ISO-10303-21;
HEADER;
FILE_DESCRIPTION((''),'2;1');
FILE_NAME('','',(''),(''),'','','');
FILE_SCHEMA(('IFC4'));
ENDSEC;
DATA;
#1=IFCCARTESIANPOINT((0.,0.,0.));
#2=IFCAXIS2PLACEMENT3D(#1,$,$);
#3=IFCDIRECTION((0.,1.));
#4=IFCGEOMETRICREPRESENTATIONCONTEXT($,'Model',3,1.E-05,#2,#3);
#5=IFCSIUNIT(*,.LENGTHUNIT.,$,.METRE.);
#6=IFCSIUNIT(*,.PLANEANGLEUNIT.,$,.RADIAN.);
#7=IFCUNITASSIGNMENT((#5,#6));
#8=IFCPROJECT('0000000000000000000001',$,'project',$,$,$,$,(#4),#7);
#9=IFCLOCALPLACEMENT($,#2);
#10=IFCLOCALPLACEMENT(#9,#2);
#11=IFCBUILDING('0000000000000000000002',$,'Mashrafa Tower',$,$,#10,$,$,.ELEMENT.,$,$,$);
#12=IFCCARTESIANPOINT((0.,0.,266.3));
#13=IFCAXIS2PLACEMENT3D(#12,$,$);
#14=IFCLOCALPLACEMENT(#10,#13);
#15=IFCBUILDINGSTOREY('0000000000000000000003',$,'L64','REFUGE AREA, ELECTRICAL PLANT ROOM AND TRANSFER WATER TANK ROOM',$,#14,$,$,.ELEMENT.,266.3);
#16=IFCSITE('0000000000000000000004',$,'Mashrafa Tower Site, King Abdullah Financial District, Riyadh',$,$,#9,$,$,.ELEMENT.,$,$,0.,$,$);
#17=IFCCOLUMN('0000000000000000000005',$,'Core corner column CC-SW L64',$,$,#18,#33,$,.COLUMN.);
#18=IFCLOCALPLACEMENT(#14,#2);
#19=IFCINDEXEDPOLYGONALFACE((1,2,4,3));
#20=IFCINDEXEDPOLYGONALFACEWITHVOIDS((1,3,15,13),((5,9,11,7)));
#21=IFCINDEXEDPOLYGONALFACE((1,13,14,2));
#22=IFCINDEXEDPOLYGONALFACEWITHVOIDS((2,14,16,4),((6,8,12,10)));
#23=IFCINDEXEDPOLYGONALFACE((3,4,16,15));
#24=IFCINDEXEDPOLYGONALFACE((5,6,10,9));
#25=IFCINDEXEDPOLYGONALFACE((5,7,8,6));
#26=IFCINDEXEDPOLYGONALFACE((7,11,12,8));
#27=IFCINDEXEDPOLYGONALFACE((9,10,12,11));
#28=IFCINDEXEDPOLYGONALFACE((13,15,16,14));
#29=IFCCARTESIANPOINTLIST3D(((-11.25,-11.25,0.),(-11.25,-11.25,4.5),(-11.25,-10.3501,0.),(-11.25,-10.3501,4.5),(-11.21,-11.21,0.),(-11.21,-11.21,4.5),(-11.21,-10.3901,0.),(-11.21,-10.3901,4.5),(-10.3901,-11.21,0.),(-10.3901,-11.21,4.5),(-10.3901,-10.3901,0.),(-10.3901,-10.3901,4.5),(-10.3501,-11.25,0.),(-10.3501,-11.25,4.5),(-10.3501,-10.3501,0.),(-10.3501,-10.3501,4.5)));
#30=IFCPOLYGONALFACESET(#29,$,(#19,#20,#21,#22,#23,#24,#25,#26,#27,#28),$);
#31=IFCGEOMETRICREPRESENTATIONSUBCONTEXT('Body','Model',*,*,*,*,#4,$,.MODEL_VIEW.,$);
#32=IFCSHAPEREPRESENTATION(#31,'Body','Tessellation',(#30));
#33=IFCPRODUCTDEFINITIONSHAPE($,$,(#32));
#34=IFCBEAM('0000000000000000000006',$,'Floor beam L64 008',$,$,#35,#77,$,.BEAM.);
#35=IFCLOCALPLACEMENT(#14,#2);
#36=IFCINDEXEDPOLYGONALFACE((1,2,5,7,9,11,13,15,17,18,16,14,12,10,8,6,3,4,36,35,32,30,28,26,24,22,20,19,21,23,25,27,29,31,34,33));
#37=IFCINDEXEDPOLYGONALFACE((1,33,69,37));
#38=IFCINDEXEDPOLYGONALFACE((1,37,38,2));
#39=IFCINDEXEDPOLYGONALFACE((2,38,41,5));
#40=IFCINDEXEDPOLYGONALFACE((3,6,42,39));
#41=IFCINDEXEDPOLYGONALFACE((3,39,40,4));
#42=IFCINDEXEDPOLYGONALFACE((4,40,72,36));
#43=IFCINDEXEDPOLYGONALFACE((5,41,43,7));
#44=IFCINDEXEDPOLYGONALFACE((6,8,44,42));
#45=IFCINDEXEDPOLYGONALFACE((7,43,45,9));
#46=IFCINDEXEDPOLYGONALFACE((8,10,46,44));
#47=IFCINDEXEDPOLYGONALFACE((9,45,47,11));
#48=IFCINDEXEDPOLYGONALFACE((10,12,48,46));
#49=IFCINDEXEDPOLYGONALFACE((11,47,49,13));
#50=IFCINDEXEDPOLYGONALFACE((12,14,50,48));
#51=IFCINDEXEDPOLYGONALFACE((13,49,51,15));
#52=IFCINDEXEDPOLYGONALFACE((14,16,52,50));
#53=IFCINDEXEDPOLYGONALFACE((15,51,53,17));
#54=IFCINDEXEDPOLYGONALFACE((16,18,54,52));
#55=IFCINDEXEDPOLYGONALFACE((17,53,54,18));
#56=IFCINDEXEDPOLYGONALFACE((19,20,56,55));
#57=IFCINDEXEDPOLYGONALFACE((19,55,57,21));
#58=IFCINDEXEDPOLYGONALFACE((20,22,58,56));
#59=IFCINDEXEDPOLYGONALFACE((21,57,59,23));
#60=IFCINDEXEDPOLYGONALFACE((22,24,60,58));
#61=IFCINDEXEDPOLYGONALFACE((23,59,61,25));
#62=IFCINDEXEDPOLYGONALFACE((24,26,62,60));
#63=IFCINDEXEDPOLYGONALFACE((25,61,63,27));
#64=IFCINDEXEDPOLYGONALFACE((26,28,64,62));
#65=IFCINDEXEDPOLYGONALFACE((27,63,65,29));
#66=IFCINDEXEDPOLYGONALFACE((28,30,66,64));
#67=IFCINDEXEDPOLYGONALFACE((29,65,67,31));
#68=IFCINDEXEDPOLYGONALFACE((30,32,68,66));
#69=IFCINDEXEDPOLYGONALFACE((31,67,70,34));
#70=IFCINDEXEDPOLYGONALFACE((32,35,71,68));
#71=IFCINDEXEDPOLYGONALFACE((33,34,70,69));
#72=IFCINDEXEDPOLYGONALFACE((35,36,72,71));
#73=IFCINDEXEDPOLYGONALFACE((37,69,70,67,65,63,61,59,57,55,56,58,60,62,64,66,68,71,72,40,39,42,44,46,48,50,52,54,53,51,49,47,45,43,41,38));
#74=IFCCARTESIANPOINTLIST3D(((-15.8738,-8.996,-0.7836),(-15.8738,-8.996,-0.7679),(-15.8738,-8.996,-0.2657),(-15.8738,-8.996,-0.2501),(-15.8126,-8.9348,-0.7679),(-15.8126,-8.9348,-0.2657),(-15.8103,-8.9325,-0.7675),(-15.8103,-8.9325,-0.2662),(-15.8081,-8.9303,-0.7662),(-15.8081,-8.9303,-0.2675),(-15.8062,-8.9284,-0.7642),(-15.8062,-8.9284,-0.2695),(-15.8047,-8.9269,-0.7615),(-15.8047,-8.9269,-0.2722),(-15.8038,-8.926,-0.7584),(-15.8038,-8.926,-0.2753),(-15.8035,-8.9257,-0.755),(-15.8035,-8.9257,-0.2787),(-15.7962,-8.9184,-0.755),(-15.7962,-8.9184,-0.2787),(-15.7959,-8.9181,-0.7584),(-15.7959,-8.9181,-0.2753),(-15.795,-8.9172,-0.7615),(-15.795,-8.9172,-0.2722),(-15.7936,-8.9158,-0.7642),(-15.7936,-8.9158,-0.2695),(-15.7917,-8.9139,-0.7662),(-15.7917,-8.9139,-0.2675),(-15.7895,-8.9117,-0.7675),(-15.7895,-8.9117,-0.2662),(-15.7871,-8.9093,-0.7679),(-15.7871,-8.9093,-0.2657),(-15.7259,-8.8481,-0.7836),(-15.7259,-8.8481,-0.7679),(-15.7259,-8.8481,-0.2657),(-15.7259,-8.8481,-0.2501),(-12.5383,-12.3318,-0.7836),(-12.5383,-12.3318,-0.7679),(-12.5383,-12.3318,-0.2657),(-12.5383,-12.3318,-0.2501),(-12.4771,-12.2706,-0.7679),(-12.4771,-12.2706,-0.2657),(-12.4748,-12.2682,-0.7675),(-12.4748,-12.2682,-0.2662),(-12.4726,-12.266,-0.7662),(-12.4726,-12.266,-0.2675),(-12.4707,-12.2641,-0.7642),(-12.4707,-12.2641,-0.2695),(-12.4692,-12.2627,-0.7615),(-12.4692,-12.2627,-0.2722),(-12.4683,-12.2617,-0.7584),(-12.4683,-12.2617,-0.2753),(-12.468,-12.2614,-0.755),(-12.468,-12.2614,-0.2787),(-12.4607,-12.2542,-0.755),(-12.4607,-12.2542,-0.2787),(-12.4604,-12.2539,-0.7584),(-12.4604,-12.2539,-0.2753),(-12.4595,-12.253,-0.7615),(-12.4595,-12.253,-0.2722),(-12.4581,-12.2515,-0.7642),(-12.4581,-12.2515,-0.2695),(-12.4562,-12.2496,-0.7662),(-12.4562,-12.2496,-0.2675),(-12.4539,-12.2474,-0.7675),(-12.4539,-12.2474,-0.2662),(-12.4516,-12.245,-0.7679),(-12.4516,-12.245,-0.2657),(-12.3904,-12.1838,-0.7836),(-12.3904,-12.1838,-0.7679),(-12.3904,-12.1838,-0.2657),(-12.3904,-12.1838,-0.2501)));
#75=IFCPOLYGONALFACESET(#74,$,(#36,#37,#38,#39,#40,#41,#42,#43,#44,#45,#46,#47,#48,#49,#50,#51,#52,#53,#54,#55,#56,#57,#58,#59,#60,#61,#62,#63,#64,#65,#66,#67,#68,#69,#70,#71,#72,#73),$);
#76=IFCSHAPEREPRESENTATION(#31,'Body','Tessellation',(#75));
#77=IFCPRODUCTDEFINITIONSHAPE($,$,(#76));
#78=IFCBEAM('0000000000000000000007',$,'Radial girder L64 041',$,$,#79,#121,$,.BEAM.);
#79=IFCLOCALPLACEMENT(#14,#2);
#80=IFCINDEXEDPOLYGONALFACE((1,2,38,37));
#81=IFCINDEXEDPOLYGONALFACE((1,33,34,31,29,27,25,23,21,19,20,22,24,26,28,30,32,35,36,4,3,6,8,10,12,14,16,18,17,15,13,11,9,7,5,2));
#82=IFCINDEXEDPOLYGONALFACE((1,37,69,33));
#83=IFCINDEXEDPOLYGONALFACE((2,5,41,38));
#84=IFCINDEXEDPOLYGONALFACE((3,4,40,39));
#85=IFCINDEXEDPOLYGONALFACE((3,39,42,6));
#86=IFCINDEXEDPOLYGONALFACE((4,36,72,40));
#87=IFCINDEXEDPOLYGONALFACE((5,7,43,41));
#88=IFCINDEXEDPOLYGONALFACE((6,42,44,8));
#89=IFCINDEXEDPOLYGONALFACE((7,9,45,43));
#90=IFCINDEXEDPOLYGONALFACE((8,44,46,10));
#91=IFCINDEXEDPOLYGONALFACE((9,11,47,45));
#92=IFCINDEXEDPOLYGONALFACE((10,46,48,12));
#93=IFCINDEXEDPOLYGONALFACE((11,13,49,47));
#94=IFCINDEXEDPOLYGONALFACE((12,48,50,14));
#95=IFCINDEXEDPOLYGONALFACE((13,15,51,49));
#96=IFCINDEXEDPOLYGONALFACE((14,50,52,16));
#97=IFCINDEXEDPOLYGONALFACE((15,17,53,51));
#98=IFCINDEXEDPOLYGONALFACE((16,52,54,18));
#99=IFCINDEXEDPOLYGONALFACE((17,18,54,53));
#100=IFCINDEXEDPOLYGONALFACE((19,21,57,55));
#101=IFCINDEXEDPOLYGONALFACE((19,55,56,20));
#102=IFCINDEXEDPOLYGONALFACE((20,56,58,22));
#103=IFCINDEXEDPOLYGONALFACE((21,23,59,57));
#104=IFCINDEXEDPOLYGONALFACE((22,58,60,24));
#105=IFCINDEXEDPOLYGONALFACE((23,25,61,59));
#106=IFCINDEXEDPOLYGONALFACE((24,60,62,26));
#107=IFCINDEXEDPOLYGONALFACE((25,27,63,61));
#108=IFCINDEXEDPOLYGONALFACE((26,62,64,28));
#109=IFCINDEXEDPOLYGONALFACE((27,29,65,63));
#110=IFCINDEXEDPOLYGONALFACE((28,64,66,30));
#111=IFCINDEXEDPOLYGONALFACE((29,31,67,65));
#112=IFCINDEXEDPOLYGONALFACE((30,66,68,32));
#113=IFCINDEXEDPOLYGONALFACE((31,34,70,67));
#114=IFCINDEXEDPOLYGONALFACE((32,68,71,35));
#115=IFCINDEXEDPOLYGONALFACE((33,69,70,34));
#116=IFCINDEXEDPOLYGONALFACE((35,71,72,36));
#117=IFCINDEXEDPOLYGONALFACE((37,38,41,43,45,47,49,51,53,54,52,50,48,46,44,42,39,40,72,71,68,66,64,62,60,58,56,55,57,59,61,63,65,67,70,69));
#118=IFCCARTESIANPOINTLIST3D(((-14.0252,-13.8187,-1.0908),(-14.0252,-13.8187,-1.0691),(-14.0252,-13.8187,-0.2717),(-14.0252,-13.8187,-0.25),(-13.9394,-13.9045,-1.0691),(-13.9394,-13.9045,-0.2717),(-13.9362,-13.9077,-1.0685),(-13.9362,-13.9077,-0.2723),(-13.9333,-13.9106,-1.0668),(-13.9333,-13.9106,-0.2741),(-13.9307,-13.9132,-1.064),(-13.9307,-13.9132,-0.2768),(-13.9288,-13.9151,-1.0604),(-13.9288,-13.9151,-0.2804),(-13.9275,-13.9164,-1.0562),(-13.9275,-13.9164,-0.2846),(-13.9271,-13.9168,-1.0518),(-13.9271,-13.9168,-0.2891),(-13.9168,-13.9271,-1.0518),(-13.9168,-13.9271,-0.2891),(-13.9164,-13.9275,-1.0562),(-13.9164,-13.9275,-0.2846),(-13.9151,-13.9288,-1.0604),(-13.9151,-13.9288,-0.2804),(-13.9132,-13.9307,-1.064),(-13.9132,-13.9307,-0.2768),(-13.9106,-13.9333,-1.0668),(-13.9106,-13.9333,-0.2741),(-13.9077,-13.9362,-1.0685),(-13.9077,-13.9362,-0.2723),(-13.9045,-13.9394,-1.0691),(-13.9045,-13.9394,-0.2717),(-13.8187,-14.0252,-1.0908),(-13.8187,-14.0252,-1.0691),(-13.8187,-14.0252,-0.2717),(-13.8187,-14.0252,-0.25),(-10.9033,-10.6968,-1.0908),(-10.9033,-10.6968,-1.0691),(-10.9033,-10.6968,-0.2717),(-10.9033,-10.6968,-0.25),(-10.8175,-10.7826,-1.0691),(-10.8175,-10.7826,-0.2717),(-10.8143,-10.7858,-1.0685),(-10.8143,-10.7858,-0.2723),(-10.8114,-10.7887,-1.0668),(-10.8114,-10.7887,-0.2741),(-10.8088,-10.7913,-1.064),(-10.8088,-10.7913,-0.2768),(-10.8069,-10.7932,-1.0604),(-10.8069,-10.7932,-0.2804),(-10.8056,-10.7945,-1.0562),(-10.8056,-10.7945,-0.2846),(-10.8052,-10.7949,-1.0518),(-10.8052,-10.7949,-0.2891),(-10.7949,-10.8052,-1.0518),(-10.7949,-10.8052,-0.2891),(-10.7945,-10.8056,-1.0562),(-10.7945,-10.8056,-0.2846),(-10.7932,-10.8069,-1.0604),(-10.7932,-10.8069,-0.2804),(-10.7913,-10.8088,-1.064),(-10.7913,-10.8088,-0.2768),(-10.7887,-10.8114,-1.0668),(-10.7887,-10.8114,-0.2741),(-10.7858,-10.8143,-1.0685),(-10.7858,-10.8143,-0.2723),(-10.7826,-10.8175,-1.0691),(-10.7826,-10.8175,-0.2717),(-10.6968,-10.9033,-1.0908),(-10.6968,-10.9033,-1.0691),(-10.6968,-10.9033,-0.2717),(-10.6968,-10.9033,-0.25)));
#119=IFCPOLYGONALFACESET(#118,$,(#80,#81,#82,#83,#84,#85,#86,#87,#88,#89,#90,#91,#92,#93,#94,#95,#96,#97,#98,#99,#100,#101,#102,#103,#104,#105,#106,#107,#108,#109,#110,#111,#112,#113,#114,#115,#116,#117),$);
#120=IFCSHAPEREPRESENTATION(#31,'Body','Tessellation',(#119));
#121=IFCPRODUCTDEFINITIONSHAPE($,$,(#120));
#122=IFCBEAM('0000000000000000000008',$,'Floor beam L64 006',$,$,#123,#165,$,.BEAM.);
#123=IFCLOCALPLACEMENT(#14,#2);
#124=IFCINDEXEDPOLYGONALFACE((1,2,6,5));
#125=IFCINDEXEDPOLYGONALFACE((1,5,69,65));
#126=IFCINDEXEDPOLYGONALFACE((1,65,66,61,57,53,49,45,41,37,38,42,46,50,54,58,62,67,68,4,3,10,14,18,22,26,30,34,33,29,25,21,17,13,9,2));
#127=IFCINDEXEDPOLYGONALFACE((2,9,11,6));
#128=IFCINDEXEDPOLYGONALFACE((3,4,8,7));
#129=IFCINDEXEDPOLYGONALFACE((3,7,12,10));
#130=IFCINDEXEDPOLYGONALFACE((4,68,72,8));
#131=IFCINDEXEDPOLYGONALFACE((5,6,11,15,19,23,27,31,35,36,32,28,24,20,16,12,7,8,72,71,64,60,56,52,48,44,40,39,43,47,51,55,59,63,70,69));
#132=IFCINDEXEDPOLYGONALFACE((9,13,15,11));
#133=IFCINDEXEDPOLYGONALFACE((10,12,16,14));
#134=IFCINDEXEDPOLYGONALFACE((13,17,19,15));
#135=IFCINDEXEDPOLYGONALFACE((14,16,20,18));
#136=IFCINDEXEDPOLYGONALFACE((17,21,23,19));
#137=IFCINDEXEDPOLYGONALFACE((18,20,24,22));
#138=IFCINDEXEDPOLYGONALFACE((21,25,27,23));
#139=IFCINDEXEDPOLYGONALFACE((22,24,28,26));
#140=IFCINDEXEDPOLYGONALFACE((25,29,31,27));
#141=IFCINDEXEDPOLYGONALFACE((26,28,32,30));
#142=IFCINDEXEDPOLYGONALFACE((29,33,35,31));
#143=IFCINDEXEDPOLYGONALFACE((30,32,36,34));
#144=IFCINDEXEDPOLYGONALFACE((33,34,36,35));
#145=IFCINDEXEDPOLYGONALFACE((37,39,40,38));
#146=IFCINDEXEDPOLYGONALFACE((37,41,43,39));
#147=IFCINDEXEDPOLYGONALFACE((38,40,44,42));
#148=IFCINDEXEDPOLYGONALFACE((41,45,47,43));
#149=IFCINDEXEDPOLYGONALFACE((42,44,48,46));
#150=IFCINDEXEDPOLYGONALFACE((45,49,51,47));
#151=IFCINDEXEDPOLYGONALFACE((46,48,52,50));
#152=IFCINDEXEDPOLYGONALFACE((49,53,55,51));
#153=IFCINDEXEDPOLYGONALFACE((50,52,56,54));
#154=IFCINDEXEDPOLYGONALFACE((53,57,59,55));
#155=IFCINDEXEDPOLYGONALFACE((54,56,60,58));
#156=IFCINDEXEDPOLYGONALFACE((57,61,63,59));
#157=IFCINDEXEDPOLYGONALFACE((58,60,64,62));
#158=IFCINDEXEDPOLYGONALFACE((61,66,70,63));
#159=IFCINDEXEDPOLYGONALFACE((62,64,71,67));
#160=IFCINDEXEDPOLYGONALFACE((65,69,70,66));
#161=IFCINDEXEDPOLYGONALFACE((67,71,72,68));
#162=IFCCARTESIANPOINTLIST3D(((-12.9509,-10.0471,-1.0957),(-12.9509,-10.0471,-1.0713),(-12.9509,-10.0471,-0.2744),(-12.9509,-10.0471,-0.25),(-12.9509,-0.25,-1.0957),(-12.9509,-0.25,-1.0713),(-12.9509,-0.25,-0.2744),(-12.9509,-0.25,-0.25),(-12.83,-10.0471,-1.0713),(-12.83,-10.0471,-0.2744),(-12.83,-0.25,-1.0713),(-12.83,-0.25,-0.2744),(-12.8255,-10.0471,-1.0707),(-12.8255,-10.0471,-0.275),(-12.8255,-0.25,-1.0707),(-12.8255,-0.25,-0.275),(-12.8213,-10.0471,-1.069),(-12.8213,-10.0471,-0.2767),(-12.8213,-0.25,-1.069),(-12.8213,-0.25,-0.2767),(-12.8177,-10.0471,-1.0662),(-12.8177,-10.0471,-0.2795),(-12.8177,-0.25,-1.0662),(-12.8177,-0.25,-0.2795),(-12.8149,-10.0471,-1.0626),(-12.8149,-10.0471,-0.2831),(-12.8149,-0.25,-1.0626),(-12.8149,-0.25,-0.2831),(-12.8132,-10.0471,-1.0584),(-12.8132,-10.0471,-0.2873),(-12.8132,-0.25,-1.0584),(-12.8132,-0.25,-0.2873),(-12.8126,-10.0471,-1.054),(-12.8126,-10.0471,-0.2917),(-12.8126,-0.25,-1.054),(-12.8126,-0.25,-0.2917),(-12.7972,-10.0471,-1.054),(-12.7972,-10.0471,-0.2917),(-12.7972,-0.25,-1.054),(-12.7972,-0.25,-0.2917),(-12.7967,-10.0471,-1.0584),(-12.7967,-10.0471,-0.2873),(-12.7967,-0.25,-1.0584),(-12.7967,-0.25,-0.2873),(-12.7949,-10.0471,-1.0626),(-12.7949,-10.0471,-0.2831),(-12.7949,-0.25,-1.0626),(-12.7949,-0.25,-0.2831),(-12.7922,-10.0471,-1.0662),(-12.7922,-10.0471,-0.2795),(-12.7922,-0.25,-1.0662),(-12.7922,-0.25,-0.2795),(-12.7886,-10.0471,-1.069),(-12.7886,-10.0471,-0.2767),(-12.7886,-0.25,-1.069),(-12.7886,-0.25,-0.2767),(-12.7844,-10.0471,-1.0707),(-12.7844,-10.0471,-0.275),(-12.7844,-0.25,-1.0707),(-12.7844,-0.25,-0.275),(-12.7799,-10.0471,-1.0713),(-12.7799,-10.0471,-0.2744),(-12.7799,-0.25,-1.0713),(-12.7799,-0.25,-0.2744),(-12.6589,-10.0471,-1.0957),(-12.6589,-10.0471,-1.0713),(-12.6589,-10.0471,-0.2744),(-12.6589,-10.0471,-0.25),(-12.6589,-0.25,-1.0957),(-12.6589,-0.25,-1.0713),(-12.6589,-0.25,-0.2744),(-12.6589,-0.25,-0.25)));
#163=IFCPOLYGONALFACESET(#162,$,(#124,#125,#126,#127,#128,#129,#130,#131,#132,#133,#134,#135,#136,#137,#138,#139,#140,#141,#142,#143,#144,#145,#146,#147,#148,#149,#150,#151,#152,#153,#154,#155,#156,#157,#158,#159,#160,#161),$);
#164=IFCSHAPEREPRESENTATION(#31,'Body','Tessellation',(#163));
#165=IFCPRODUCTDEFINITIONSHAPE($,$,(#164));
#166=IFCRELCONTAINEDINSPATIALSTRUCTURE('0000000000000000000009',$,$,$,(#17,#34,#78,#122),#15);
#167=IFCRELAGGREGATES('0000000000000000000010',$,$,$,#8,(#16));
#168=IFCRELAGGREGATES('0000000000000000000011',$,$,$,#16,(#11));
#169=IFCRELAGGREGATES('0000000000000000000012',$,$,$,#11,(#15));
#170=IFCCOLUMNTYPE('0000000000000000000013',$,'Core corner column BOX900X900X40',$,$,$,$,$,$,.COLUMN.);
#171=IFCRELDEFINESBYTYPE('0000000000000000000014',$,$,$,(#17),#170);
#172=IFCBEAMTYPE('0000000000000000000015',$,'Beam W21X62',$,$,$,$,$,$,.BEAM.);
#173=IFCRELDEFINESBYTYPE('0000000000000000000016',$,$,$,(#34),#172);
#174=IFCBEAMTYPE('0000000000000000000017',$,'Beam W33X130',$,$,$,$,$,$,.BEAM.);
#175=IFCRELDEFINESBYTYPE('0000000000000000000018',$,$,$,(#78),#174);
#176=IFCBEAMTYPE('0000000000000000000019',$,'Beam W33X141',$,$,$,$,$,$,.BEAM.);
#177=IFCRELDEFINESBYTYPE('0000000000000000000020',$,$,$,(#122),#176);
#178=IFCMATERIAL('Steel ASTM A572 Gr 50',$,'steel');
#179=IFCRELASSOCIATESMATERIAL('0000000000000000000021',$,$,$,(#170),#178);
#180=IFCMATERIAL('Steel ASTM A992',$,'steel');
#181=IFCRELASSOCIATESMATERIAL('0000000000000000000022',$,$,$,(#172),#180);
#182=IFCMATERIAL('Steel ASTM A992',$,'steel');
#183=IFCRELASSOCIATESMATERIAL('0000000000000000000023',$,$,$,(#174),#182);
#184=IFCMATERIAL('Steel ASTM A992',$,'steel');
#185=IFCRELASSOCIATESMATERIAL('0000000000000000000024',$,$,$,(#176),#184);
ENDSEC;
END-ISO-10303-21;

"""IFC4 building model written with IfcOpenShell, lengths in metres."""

from ifc_helpers import new_model, si_unit, direction, frame, origin, origin_2d, place, context, subcontext, project, spatial, hollow_rectangle, i_section, extrude, material, material_profile, profile_set, type_object, element, save


model = new_model("IFC4")

# Units and contexts
model_context = context("Model", 3, precision=1e-05, world=origin(), true_north=direction((0.0, 1.0)))
body_context = subcontext(model_context, "Body", "Model", "MODEL_VIEW")
ifc_project = project(units=[si_unit("LENGTHUNIT", "METRE"), si_unit("PLANEANGLEUNIT", "RADIAN")], contexts=[model_context])

# Site, building, storey
site_placement = place(None, origin())
site = spatial("IfcSite", under=ifc_project, at=site_placement, Name="Mashrafa Tower Site, King Abdullah Financial District, Riyadh", CompositionType="ELEMENT", RefElevation=0.0)
building_placement = place(site_placement, origin())
building = spatial("IfcBuilding", under=site, at=building_placement, Name="Mashrafa Tower", CompositionType="ELEMENT")
storey_placement = place(building_placement, frame((0.0, 0.0, 266.3)))
storey = spatial("IfcBuildingStorey", under=building, at=storey_placement, Name="L64", Description="REFUGE AREA, ELECTRICAL PLANT ROOM AND TRANSFER WATER TANK ROOM", CompositionType="ELEMENT", Elevation=266.3)

# Column
ifc_material_1 = material(Name="Steel ASTM A572 Gr 50", Category="steel")
ifc_material_profile_1 = material_profile(ifc_material_1, hollow_rectangle(XDim=0.8999, YDim=0.8999, WallThickness=0.04, at=origin_2d()), Name="BOX900X900X40")
ifc_profile_set_1 = profile_set([ifc_material_profile_1], Name="Steel ASTM A572 Gr 50")
column_type = type_object("IfcColumnType", Name="Core corner column BOX900X900X40", PredefinedType="COLUMN", material=ifc_profile_set_1)
column_placement = place(storey_placement, frame((-10.8, -10.8, 0.0), z_axis=(0.0, 0.0, 1.0), x_axis=(1.0, 0.0, 0.0)))
element("IfcColumn", 1, at=column_placement, inside=storey, type_object=column_type, Name="Core corner column CC-SW L64", PredefinedType="COLUMN", context=body_context, shape_type="SweptSolid", body=[
    extrude(hollow_rectangle(XDim=0.8999, YDim=0.8999, WallThickness=0.04, at=origin_2d()), origin(), (0.0, 0.0, 1.0), 4.5),
])

# Beams
ifc_material_2 = material(Name="Steel ASTM A992", Category="steel")
ifc_material_profile_2 = material_profile(ifc_material_2, i_section(OverallWidth=0.2092, OverallDepth=0.5334, WebThickness=0.0103, FlangeThickness=0.0156, FilletRadius=0.0129, at=origin_2d()), Name="W21X62")
ifc_profile_set_2 = profile_set([ifc_material_profile_2], Name="Steel ASTM A992")
beam_type_1 = type_object("IfcBeamType", Name="Beam W21X62", PredefinedType="BEAM", material=ifc_profile_set_2)
beam_1_placement = place(storey_placement, frame((-12.4644, -12.2578, -0.5168), z_axis=(-0.707081, 0.707133, 0.0), x_axis=(-0.707133, -0.707081, 0.0)))
element("IfcBeam", 2, at=beam_1_placement, inside=storey, type_object=beam_type_1, Name="Floor beam L64 008", PredefinedType="BEAM", context=body_context, shape_type="SweptSolid", body=[
    extrude(i_section(OverallWidth=0.2092, OverallDepth=0.5334, WebThickness=0.0103, FlangeThickness=0.0156, FilletRadius=0.0129, at=origin_2d()), origin(), (0.0, 0.0, 1.0), 4.7173),
])
ifc_material_3 = material(Name="Steel ASTM A992", Category="steel")
ifc_material_profile_3 = material_profile(ifc_material_3, i_section(OverallWidth=0.292, OverallDepth=0.8408, WebThickness=0.0146, FlangeThickness=0.0217, FilletRadius=0.0173, at=origin_2d()), Name="W33X130")
ifc_profile_set_3 = profile_set([ifc_material_profile_3], Name="Steel ASTM A992")
beam_type_2 = type_object("IfcBeamType", Name="Beam W33X130", PredefinedType="BEAM", material=ifc_profile_set_3)
beam_2_placement = place(storey_placement, frame((-10.8, -10.8, -0.6704), z_axis=(-0.707107, -0.707107, 0.0), x_axis=(0.707107, -0.707107, 0.0)))
element("IfcBeam", 3, at=beam_2_placement, inside=storey, type_object=beam_type_2, Name="Radial girder L64 041", PredefinedType="BEAM", context=body_context, shape_type="SweptSolid", body=[
    extrude(i_section(OverallWidth=0.292, OverallDepth=0.8408, WebThickness=0.0146, FlangeThickness=0.0217, FilletRadius=0.0173, at=origin_2d()), origin(), (0.0, 0.0, 1.0), 4.415),
])
ifc_material_4 = material(Name="Steel ASTM A992", Category="steel")
ifc_material_profile_4 = material_profile(ifc_material_4, i_section(OverallWidth=0.292, OverallDepth=0.8457, WebThickness=0.0154, FlangeThickness=0.0244, FilletRadius=0.0173, at=origin_2d()), Name="W33X141")
ifc_profile_set_4 = profile_set([ifc_material_profile_4], Name="Steel ASTM A992")
beam_type_3 = type_object("IfcBeamType", Name="Beam W33X141", PredefinedType="BEAM", material=ifc_profile_set_4)
beam_3_placement = place(storey_placement, frame((-12.8049, -10.0471, -0.6729), z_axis=(0.0, 1.0, 0.0), x_axis=(-1.0, 0.0, 0.0)))
element("IfcBeam", 4, at=beam_3_placement, inside=storey, type_object=beam_type_3, Name="Floor beam L64 006", PredefinedType="BEAM", context=body_context, shape_type="SweptSolid", body=[
    extrude(i_section(OverallWidth=0.292, OverallDepth=0.8457, WebThickness=0.0154, FlangeThickness=0.0244, FilletRadius=0.0173, at=origin_2d()), origin(), (0.0, 0.0, 1.0), 9.7971),
])

save(model, "model.ifc")
